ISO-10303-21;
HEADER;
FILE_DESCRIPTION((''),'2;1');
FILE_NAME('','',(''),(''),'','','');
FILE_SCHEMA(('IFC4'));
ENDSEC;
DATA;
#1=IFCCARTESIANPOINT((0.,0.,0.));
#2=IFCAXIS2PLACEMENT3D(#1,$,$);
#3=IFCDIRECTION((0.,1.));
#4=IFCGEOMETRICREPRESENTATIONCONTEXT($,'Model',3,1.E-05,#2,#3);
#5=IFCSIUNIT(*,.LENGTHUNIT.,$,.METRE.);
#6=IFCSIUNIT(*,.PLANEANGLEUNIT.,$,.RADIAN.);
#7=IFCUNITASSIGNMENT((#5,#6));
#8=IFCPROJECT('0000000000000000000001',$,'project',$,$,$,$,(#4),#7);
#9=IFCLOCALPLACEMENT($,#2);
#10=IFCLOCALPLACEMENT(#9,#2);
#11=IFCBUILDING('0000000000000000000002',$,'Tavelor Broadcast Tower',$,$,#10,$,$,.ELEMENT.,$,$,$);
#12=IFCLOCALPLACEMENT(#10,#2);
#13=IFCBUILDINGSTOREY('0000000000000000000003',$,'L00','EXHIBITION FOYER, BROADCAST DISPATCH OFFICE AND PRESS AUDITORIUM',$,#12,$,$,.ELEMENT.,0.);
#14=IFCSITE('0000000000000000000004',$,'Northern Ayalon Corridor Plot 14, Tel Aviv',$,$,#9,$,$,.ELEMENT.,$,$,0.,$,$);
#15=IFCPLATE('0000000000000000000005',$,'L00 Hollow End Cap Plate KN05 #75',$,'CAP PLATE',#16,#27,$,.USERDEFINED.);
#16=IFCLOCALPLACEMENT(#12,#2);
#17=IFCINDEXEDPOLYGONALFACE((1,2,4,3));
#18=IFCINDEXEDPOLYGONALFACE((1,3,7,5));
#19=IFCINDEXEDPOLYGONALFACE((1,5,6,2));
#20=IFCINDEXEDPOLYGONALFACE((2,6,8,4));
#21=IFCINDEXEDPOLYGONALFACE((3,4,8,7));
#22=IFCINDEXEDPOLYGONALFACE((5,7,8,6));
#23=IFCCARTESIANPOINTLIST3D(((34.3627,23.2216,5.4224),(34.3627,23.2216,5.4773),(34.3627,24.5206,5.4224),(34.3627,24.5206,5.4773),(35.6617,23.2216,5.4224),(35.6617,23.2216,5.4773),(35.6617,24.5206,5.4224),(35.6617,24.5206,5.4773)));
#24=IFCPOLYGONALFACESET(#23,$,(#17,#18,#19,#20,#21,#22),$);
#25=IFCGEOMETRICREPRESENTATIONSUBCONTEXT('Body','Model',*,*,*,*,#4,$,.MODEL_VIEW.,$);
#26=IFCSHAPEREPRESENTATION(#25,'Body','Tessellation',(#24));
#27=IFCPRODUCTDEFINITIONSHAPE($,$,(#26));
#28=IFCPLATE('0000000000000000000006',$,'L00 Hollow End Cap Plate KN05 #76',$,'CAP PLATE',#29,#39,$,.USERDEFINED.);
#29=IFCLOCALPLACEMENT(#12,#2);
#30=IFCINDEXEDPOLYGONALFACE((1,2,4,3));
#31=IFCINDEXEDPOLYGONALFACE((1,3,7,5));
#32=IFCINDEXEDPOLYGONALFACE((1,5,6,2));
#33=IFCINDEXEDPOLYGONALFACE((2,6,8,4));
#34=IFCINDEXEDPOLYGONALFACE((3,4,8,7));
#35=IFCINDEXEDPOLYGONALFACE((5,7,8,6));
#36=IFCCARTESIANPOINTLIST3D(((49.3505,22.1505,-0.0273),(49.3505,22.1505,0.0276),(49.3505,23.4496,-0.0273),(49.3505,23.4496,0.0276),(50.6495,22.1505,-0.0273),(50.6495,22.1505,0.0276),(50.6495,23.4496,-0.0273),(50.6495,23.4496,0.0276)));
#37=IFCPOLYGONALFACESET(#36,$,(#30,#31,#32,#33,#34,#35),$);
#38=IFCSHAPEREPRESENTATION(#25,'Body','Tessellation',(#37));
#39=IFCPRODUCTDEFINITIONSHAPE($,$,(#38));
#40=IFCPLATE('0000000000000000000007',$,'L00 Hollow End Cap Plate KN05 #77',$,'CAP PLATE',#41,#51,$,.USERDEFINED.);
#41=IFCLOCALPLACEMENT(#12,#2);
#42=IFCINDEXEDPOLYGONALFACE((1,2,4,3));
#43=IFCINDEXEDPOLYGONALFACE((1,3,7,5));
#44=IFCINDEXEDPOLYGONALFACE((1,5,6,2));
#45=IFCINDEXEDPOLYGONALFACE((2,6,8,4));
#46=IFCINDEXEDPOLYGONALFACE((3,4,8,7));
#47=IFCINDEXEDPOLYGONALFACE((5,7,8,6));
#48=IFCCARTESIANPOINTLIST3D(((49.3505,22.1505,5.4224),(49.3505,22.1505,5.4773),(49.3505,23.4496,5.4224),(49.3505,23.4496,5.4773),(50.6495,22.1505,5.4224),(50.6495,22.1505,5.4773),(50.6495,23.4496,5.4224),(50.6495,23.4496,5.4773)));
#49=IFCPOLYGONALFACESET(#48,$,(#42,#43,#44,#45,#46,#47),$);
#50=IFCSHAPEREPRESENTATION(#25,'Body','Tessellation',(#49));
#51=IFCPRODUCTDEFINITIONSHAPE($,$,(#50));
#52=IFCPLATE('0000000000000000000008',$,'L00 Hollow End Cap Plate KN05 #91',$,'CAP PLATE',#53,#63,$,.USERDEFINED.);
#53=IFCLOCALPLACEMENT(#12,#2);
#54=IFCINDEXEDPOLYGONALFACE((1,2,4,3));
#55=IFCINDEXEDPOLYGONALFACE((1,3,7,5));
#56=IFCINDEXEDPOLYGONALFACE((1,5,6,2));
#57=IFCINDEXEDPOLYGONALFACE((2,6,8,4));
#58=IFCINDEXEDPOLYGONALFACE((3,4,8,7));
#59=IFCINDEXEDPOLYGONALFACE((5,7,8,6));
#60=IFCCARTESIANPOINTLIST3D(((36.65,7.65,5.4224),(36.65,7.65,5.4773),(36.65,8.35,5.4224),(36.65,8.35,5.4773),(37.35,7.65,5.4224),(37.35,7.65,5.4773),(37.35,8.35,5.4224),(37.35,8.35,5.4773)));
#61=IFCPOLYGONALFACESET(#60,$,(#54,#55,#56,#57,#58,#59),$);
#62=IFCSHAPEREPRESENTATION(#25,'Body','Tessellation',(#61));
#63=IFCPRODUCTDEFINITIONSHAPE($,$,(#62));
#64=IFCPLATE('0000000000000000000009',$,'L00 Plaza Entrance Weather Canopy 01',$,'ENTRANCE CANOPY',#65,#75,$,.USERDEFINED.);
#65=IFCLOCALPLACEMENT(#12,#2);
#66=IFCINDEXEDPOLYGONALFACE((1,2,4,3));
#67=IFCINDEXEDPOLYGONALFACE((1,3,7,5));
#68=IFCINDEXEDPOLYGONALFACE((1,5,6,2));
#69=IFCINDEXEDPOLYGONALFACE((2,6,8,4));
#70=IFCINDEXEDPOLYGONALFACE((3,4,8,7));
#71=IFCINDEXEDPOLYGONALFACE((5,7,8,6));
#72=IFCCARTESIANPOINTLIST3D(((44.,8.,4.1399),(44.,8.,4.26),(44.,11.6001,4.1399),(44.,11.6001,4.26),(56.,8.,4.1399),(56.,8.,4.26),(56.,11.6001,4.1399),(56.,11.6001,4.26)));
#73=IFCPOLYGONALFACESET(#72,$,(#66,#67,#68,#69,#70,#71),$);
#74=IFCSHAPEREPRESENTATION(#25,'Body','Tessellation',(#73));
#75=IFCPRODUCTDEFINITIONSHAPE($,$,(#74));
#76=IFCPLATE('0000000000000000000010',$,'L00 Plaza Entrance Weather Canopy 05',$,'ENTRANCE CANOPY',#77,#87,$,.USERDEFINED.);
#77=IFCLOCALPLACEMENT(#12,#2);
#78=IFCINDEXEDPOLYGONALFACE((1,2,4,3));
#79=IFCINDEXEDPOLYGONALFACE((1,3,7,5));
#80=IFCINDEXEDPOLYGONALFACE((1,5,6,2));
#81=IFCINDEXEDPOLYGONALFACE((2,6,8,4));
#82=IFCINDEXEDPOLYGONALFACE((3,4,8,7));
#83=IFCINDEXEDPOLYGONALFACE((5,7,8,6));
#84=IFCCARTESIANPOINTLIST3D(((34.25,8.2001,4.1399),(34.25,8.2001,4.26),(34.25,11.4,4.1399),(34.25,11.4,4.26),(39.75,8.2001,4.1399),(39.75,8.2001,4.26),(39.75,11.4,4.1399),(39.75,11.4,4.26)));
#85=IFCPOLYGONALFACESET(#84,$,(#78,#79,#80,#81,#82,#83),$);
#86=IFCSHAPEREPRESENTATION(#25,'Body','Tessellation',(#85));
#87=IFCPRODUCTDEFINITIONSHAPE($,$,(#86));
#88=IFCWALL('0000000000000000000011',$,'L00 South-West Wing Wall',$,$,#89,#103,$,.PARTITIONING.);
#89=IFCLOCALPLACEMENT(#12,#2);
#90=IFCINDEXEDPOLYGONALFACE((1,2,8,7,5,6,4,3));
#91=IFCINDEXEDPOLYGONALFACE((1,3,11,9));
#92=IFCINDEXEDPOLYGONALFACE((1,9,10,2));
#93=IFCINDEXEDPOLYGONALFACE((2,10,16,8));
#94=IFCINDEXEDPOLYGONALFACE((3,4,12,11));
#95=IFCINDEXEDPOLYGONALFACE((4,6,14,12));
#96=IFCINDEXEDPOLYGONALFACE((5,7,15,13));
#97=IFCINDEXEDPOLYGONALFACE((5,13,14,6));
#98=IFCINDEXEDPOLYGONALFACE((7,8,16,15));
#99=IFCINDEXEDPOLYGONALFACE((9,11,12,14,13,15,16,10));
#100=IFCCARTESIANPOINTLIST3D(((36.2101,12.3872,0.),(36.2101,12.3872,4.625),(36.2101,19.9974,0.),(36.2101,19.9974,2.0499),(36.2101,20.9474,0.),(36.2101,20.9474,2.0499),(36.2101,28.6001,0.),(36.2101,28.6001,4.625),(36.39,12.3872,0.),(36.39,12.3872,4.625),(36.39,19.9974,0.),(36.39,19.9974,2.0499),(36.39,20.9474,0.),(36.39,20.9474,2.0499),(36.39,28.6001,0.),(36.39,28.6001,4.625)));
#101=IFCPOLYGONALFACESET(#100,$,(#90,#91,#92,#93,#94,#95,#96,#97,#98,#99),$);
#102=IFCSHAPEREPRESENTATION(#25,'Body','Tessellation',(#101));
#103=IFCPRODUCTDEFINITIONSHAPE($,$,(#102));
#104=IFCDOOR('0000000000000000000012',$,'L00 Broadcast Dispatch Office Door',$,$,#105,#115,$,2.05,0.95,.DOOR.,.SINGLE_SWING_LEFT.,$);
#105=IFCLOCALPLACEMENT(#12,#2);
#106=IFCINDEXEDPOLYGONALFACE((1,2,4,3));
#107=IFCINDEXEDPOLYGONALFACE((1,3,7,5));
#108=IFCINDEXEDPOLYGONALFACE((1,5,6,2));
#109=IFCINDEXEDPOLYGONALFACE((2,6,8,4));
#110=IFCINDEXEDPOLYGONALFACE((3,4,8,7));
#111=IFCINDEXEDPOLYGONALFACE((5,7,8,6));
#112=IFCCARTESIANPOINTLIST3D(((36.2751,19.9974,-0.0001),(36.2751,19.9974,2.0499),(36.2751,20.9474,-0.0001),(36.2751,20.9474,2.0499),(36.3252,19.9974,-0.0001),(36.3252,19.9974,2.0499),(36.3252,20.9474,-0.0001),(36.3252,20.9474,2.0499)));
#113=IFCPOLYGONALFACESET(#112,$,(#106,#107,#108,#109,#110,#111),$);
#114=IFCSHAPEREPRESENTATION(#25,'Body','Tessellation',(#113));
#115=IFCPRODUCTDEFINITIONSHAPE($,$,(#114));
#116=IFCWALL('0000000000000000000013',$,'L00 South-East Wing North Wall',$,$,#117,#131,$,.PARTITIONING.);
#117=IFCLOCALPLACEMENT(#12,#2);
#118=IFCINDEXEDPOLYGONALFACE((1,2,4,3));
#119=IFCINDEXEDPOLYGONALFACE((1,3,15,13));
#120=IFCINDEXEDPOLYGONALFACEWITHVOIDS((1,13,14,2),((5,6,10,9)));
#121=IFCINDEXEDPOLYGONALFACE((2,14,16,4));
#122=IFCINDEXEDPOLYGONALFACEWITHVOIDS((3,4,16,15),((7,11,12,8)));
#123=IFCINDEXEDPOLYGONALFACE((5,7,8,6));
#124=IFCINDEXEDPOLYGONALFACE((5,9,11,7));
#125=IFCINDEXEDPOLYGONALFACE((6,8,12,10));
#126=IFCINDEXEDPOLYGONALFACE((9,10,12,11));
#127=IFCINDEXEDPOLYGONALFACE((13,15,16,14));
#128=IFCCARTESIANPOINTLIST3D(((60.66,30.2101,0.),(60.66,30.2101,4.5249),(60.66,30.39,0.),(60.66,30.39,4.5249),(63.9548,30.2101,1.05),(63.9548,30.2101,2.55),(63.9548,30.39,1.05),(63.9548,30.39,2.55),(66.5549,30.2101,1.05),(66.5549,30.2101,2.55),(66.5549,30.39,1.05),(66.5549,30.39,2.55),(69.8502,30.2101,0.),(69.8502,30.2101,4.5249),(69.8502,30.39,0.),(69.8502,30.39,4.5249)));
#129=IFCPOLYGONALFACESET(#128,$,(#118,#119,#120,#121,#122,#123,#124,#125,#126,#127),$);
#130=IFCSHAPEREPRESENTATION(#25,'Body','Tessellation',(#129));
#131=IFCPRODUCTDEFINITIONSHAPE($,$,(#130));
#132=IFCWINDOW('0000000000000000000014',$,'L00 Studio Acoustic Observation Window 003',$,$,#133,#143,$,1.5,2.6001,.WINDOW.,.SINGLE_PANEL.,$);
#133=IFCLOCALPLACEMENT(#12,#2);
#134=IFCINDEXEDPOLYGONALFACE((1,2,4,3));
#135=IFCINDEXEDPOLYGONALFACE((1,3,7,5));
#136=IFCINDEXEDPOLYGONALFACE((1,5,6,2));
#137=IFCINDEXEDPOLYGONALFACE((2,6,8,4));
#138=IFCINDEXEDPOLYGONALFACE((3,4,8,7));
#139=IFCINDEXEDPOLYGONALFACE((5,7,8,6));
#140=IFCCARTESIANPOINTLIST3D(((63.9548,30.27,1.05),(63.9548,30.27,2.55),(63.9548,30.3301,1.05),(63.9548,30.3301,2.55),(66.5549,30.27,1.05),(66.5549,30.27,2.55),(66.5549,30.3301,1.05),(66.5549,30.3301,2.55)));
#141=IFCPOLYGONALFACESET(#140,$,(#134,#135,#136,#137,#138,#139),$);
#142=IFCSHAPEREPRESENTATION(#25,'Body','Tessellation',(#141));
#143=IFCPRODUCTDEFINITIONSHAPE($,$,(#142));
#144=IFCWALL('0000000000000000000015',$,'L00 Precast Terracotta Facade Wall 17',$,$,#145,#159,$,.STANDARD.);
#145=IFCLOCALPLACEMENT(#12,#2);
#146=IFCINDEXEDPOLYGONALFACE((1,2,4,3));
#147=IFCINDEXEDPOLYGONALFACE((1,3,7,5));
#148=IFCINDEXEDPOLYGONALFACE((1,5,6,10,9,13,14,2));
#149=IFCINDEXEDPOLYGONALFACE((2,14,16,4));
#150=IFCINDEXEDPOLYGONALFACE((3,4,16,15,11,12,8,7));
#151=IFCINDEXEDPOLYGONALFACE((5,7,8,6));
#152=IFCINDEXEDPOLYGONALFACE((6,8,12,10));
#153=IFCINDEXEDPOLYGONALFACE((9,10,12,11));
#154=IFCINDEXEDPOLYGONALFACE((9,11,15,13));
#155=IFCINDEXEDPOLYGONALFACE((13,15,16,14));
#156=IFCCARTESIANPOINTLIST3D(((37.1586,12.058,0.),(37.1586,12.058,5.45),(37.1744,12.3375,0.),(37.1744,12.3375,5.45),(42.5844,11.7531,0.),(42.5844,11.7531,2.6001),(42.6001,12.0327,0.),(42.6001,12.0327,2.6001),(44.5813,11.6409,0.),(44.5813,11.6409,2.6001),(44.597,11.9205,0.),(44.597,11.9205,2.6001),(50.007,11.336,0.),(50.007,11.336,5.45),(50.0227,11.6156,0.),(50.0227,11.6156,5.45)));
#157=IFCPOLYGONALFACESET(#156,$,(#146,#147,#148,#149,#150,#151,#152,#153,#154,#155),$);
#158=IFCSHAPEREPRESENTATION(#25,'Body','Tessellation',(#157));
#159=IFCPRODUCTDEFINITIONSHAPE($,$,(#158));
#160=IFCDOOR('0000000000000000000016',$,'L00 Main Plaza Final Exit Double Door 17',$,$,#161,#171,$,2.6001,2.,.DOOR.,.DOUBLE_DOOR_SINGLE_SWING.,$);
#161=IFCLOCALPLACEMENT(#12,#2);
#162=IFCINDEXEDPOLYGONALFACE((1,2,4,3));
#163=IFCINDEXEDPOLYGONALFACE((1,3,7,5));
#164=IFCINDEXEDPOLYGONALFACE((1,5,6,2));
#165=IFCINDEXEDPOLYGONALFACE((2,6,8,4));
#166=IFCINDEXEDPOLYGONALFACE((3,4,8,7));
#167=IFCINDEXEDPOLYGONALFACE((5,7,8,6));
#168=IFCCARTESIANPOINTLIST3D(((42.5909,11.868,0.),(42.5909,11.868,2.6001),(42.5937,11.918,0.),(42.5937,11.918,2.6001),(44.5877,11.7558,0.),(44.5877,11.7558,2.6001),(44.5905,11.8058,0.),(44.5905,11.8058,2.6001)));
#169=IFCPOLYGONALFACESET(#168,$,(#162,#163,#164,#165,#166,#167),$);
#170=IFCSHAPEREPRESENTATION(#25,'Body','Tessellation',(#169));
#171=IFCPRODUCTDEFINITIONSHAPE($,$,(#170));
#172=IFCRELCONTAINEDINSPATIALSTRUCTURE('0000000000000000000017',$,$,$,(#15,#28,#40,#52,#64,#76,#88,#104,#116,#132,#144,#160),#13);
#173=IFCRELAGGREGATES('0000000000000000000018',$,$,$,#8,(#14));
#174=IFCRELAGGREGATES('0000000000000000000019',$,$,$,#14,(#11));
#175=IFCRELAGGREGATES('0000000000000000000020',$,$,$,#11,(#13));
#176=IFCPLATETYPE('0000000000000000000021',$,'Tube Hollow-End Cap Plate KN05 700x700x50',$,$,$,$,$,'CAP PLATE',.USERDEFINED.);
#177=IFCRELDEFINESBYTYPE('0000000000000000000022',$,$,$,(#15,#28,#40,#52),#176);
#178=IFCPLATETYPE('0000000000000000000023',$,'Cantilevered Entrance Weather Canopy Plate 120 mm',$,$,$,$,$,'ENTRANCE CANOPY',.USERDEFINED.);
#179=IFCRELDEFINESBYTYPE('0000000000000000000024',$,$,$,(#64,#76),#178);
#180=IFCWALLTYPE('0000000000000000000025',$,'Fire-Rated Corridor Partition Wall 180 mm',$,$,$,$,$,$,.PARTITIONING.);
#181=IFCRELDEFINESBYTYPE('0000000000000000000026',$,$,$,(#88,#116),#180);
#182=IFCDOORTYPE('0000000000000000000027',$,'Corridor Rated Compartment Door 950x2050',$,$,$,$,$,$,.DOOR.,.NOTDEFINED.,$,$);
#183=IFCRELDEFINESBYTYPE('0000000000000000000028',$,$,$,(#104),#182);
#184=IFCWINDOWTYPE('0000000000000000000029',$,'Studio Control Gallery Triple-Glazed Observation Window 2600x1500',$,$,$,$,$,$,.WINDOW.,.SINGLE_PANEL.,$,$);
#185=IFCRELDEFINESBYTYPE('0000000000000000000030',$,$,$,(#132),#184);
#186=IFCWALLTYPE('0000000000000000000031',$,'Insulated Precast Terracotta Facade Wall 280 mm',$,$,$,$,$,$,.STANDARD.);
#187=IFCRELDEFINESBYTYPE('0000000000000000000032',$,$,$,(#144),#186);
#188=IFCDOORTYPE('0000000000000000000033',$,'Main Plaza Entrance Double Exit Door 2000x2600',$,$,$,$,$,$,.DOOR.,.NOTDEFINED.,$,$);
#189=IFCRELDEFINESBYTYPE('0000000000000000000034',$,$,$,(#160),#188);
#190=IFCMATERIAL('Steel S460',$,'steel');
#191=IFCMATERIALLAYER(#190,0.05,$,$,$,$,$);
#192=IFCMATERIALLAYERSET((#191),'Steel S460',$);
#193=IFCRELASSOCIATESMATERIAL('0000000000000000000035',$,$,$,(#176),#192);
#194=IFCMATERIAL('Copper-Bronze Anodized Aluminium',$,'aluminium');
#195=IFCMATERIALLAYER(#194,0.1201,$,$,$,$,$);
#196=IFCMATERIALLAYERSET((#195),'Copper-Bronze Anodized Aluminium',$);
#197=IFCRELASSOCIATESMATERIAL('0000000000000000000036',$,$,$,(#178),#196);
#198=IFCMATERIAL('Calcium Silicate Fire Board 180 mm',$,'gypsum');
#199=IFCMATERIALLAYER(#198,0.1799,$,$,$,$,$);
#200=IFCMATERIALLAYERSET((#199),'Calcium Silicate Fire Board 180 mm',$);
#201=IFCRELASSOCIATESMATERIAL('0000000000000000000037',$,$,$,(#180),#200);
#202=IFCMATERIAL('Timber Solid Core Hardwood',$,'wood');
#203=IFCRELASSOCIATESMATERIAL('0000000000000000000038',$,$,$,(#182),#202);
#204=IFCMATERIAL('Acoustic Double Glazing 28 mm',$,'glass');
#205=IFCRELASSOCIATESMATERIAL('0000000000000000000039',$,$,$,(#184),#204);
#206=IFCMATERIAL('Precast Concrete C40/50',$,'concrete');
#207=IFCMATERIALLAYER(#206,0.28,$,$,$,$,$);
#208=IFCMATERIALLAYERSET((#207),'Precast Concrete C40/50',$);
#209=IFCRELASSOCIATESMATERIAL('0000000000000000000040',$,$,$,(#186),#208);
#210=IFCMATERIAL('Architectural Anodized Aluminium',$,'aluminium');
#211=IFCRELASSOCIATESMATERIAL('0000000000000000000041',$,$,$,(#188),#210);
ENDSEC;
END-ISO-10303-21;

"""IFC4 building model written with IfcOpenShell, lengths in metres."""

from ifc_helpers import new_model, si_unit, direction, frame, frame_2d, origin, origin_2d, place, context, subcontext, project, spatial, rectangle, extrude, source, transform, mapped, material, layer, layer_set, type_object, type_shapes, element, fill, save


model = new_model("IFC4")

# Units and contexts
model_context = context("Model", 3, precision=1e-05, world=origin(), true_north=direction((0.0, 1.0)))
body_context = subcontext(model_context, "Body", "Model", "MODEL_VIEW")
ifc_project = project(units=[si_unit("LENGTHUNIT", "METRE"), si_unit("PLANEANGLEUNIT", "RADIAN")], contexts=[model_context])

# Site, building, storey
site_placement = place(None, origin())
site = spatial("IfcSite", under=ifc_project, at=site_placement, Name="Northern Ayalon Corridor Plot 14, Tel Aviv", CompositionType="ELEMENT", RefElevation=0.0)
building_placement = place(site_placement, origin())
building = spatial("IfcBuilding", under=site, at=building_placement, Name="Tavelor Broadcast Tower", CompositionType="ELEMENT")
storey_placement = place(building_placement, origin())
storey = spatial("IfcBuildingStorey", under=building, at=storey_placement, Name="L00", Description="EXHIBITION FOYER, BROADCAST DISPATCH OFFICE AND PRESS AUDITORIUM", CompositionType="ELEMENT", Elevation=0.0)

# Shared definitions
ifc_material_1 = material(Name="Steel S460", Category="steel")

# Plates
ifc_layer_1 = layer(ifc_material_1, 0.05)
ifc_layer_set_1 = layer_set([ifc_layer_1], Name="Steel S460")
plate_type_1 = type_object("IfcPlateType", Name="Tube Hollow-End Cap Plate KN05 700x700x50", ElementType="CAP PLATE", PredefinedType="USERDEFINED", material=ifc_layer_set_1)
shared_shape_1 = source(origin(), body_context, "Body", "SweptSolid", [
    extrude(rectangle(XDim=1.2991, YDim=1.2991, at=origin_2d()), origin(), (0.0, 0.0, 1.0), 0.0549),
])
for number, where, z_axis, x_axis, name in (
    (1, (35.0122, 23.8711, 5.4224), (0.0, 0.0, 1.0), (1.0, 0.0, 0.0), "L00 Hollow End Cap Plate KN05 #75"),
    (2, (50.0, 22.8, -0.0273), (0.0, 0.0, 1.0), (1.0, 0.0, 0.0), "L00 Hollow End Cap Plate KN05 #76"),
    (3, (50.0, 22.8, 5.4224), (0.0, 0.0, 1.0), (1.0, 0.0, 0.0), "L00 Hollow End Cap Plate KN05 #77"),
):
    element("IfcPlate", number, at=place(storey_placement, frame(where, z_axis=z_axis, x_axis=x_axis)), inside=storey, type_object=plate_type_1, Name=name, ObjectType="CAP PLATE", PredefinedType="USERDEFINED", context=body_context, shape_type="MappedRepresentation", body=[
        mapped(shared_shape_1, transform((0.0, 0.0, 0.0), scale=1.0)),
    ])
shared_shape_2 = source(origin(), body_context, "Body", "SweptSolid", [
    extrude(rectangle(XDim=0.7, YDim=0.7, at=origin_2d()), origin(), (0.0, 0.0, 1.0), 0.0549),
])
type_shapes(plate_type_1, [shared_shape_1, shared_shape_2])
plate_1_placement = place(storey_placement, frame((37.0, 8.0, 5.4224), z_axis=(0.0, 0.0, 1.0), x_axis=(1.0, 0.0, 0.0)))
element("IfcPlate", 4, at=plate_1_placement, inside=storey, type_object=plate_type_1, Name="L00 Hollow End Cap Plate KN05 #91", ObjectType="CAP PLATE", PredefinedType="USERDEFINED", context=body_context, shape_type="MappedRepresentation", body=[
    mapped(shared_shape_2, transform((0.0, 0.0, 0.0), scale=1.0)),
])
ifc_material_2 = material(Name="Copper-Bronze Anodized Aluminium", Category="aluminium")
ifc_layer_2 = layer(ifc_material_2, 0.1201)
ifc_layer_set_2 = layer_set([ifc_layer_2], Name="Copper-Bronze Anodized Aluminium")
plate_type_2 = type_object("IfcPlateType", Name="Cantilevered Entrance Weather Canopy Plate 120 mm", ElementType="ENTRANCE CANOPY", PredefinedType="USERDEFINED", material=ifc_layer_set_2)
shared_shape_3 = source(origin(), body_context, "Body", "SweptSolid", [
    extrude(rectangle(XDim=12.0, YDim=3.6001, at=origin_2d()), origin(), (0.0, 0.0, 1.0), 0.1201),
])
plate_2_placement = place(storey_placement, frame((50.0, 9.8, 4.1399), z_axis=(0.0, 0.0, 1.0), x_axis=(1.0, 0.0, 0.0)))
element("IfcPlate", 5, at=plate_2_placement, inside=storey, type_object=plate_type_2, Name="L00 Plaza Entrance Weather Canopy 01", ObjectType="ENTRANCE CANOPY", PredefinedType="USERDEFINED", context=body_context, shape_type="MappedRepresentation", body=[
    mapped(shared_shape_3, transform((0.0, 0.0, 0.0), scale=1.0)),
])
shared_shape_4 = source(origin(), body_context, "Body", "SweptSolid", [
    extrude(rectangle(XDim=5.5, YDim=3.2, at=origin_2d()), origin(), (0.0, 0.0, 1.0), 0.1201),
])
type_shapes(plate_type_2, [shared_shape_3, shared_shape_4])
plate_3_placement = place(storey_placement, frame((37.0, 9.8, 4.1399), z_axis=(0.0, 0.0, 1.0), x_axis=(1.0, 0.0, 0.0)))
element("IfcPlate", 6, at=plate_3_placement, inside=storey, type_object=plate_type_2, Name="L00 Plaza Entrance Weather Canopy 05", ObjectType="ENTRANCE CANOPY", PredefinedType="USERDEFINED", context=body_context, shape_type="MappedRepresentation", body=[
    mapped(shared_shape_4, transform((0.0, 0.0, 0.0), scale=1.0)),
])

# Wall, opening, door
ifc_material_3 = material(Name="Calcium Silicate Fire Board 180 mm", Category="gypsum")
ifc_layer_3 = layer(ifc_material_3, 0.1799)
ifc_layer_set_3 = layer_set([ifc_layer_3], Name="Calcium Silicate Fire Board 180 mm")
wall_type_1 = type_object("IfcWallType", Name="Fire-Rated Corridor Partition Wall 180 mm", PredefinedType="PARTITIONING", material=ifc_layer_set_3)
wall_1_placement = place(storey_placement, frame((36.3, 12.3872, 0.0), z_axis=(0.0, 0.0, 1.0), x_axis=(0.0, 1.0, 0.0)))
wall_1 = element("IfcWall", 7, at=wall_1_placement, inside=storey, type_object=wall_type_1, Name="L00 South-West Wing Wall", PredefinedType="PARTITIONING", context=body_context, shape_type="SweptSolid", body=[
    extrude(rectangle(XDim=16.2129, YDim=0.1799, at=frame_2d((8.1064, 0.0))), origin(), (0.0, 0.0, 1.0), 4.625),
])
opening_1_placement = place(wall_1_placement, frame((7.6101, 0.0, 0.0)))
opening_1 = element("IfcOpeningElement", 8, at=opening_1_placement, cuts=wall_1, PredefinedType="OPENING", context=body_context, shape_type="SweptSolid", body=[
    extrude(rectangle(XDim=0.95, YDim=2.05, at=frame_2d((0.4751, 1.0249))), frame((0.0, 0.1001, 0.0), z_axis=(0.0, -1.0, 0.0), x_axis=(1.0, 0.0, 0.0)), (0.0, 0.0, 1.0), 0.2),
])
ifc_material_4 = material(Name="Timber Solid Core Hardwood", Category="wood")
door_type_1 = type_object("IfcDoorType", Name="Corridor Rated Compartment Door 950x2050", OperationType="NOTDEFINED", PredefinedType="DOOR", material=ifc_material_4)
door_1_placement = place(opening_1_placement, origin())
door_1 = element("IfcDoor", 9, at=door_1_placement, inside=storey, type_object=door_type_1, Name="L00 Broadcast Dispatch Office Door", OperationType="SINGLE_SWING_LEFT", OverallHeight=2.05, OverallWidth=0.95, PredefinedType="DOOR", context=body_context, shape_type="SweptSolid", body=[
    extrude(rectangle(XDim=0.95, YDim=2.05, at=frame_2d((0.4751, 1.0249))), frame((0.0, 0.0249, 0.0), z_axis=(0.0, -1.0, 0.0), x_axis=(1.0, 0.0, 0.0)), (0.0, 0.0, 1.0), 0.05),
])
fill(opening_1, door_1)

# Wall, opening, window
wall_2_placement = place(storey_placement, frame((60.6599, 30.3, 0.0), z_axis=(0.0, 0.0, 1.0), x_axis=(1.0, 0.0, 0.0)))
wall_2 = element("IfcWall", 10, at=wall_2_placement, inside=storey, type_object=wall_type_1, Name="L00 South-East Wing North Wall", PredefinedType="PARTITIONING", context=body_context, shape_type="SweptSolid", body=[
    extrude(rectangle(XDim=9.1902, YDim=0.1799, at=frame_2d((4.5952, 0.0))), origin(), (0.0, 0.0, 1.0), 4.5249),
])
opening_2_placement = place(wall_2_placement, frame((3.2949, 0.0, 1.05)))
opening_2 = element("IfcOpeningElement", 11, at=opening_2_placement, cuts=wall_2, PredefinedType="OPENING", context=body_context, shape_type="SweptSolid", body=[
    extrude(rectangle(XDim=2.6001, YDim=1.5, at=frame_2d((1.3, 0.75))), frame((0.0, 0.1001, 0.0), z_axis=(0.0, -1.0, 0.0), x_axis=(1.0, 0.0, 0.0)), (0.0, 0.0, 1.0), 0.2),
])
ifc_material_5 = material(Name="Acoustic Double Glazing 28 mm", Category="glass")
window_type_1 = type_object("IfcWindowType", Name="Studio Control Gallery Triple-Glazed Observation Window 2600x1500", PartitioningType="SINGLE_PANEL", PredefinedType="WINDOW", material=ifc_material_5)
window_1_placement = place(opening_2_placement, origin())
window_1 = element("IfcWindow", 12, at=window_1_placement, inside=storey, type_object=window_type_1, Name="L00 Studio Acoustic Observation Window 003", OverallHeight=1.5, OverallWidth=2.6001, PartitioningType="SINGLE_PANEL", PredefinedType="WINDOW", context=body_context, shape_type="SweptSolid", body=[
    extrude(rectangle(XDim=2.6001, YDim=1.5, at=frame_2d((1.3, 0.75))), frame((0.0, 0.03, 0.0), z_axis=(0.0, -1.0, 0.0), x_axis=(1.0, 0.0, 0.0)), (0.0, 0.0, 1.0), 0.0601),
])
fill(opening_2, window_1)

# Wall, opening, door
ifc_material_6 = material(Name="Precast Concrete C40/50", Category="concrete")
ifc_layer_4 = layer(ifc_material_6, 0.28)
ifc_layer_set_4 = layer_set([ifc_layer_4], Name="Precast Concrete C40/50")
wall_type_2 = type_object("IfcWallType", Name="Insulated Precast Terracotta Facade Wall 280 mm", PredefinedType="STANDARD", material=ifc_layer_set_4)
wall_3_placement = place(storey_placement, frame((37.1665, 12.1978, 0.0), z_axis=(0.0, 0.0, 1.0), x_axis=(0.998425, -0.056099, 0.0)))
wall_3 = element("IfcWall", 13, at=wall_3_placement, inside=storey, type_object=wall_type_2, Name="L00 Precast Terracotta Facade Wall 17", PredefinedType="STANDARD", context=body_context, shape_type="SweptSolid", body=[
    extrude(rectangle(XDim=12.8687, YDim=0.28, at=frame_2d((6.4343, 0.0))), origin(), (0.0, 0.0, 1.0), 5.45),
])
opening_3_placement = place(wall_3_placement, frame((5.4343, 0.0, 0.0)))
opening_3 = element("IfcOpeningElement", 14, at=opening_3_placement, cuts=wall_3, PredefinedType="OPENING", context=body_context, shape_type="SweptSolid", body=[
    extrude(rectangle(XDim=2.0, YDim=2.6001, at=frame_2d((1.0, 1.3))), frame((0.0, 0.1499, 0.0), z_axis=(0.0, -1.0, 0.0), x_axis=(1.0, 0.0, 0.0)), (0.0, 0.0, 1.0), 0.3),
])
ifc_material_7 = material(Name="Architectural Anodized Aluminium", Category="aluminium")
door_type_2 = type_object("IfcDoorType", Name="Main Plaza Entrance Double Exit Door 2000x2600", OperationType="NOTDEFINED", PredefinedType="DOOR", material=ifc_material_7)
door_2_placement = place(opening_3_placement, frame((2.0, 0.0, 0.0), z_axis=(0.0, 0.0, 1.0), x_axis=(-1.0, 0.0, 0.0)))
door_2 = element("IfcDoor", 15, at=door_2_placement, inside=storey, type_object=door_type_2, Name="L00 Main Plaza Final Exit Double Door 17", OperationType="DOUBLE_DOOR_SINGLE_SWING", OverallHeight=2.6001, OverallWidth=2.0, PredefinedType="DOOR", context=body_context, shape_type="SweptSolid", body=[
    extrude(rectangle(XDim=2.0, YDim=2.6001, at=frame_2d((1.0, 1.3))), frame((0.0, 0.0249, 0.0), z_axis=(0.0, -1.0, 0.0), x_axis=(1.0, 0.0, 0.0)), (0.0, 0.0, 1.0), 0.05),
])
fill(opening_3, door_2)

save(model, "model.ifc")
